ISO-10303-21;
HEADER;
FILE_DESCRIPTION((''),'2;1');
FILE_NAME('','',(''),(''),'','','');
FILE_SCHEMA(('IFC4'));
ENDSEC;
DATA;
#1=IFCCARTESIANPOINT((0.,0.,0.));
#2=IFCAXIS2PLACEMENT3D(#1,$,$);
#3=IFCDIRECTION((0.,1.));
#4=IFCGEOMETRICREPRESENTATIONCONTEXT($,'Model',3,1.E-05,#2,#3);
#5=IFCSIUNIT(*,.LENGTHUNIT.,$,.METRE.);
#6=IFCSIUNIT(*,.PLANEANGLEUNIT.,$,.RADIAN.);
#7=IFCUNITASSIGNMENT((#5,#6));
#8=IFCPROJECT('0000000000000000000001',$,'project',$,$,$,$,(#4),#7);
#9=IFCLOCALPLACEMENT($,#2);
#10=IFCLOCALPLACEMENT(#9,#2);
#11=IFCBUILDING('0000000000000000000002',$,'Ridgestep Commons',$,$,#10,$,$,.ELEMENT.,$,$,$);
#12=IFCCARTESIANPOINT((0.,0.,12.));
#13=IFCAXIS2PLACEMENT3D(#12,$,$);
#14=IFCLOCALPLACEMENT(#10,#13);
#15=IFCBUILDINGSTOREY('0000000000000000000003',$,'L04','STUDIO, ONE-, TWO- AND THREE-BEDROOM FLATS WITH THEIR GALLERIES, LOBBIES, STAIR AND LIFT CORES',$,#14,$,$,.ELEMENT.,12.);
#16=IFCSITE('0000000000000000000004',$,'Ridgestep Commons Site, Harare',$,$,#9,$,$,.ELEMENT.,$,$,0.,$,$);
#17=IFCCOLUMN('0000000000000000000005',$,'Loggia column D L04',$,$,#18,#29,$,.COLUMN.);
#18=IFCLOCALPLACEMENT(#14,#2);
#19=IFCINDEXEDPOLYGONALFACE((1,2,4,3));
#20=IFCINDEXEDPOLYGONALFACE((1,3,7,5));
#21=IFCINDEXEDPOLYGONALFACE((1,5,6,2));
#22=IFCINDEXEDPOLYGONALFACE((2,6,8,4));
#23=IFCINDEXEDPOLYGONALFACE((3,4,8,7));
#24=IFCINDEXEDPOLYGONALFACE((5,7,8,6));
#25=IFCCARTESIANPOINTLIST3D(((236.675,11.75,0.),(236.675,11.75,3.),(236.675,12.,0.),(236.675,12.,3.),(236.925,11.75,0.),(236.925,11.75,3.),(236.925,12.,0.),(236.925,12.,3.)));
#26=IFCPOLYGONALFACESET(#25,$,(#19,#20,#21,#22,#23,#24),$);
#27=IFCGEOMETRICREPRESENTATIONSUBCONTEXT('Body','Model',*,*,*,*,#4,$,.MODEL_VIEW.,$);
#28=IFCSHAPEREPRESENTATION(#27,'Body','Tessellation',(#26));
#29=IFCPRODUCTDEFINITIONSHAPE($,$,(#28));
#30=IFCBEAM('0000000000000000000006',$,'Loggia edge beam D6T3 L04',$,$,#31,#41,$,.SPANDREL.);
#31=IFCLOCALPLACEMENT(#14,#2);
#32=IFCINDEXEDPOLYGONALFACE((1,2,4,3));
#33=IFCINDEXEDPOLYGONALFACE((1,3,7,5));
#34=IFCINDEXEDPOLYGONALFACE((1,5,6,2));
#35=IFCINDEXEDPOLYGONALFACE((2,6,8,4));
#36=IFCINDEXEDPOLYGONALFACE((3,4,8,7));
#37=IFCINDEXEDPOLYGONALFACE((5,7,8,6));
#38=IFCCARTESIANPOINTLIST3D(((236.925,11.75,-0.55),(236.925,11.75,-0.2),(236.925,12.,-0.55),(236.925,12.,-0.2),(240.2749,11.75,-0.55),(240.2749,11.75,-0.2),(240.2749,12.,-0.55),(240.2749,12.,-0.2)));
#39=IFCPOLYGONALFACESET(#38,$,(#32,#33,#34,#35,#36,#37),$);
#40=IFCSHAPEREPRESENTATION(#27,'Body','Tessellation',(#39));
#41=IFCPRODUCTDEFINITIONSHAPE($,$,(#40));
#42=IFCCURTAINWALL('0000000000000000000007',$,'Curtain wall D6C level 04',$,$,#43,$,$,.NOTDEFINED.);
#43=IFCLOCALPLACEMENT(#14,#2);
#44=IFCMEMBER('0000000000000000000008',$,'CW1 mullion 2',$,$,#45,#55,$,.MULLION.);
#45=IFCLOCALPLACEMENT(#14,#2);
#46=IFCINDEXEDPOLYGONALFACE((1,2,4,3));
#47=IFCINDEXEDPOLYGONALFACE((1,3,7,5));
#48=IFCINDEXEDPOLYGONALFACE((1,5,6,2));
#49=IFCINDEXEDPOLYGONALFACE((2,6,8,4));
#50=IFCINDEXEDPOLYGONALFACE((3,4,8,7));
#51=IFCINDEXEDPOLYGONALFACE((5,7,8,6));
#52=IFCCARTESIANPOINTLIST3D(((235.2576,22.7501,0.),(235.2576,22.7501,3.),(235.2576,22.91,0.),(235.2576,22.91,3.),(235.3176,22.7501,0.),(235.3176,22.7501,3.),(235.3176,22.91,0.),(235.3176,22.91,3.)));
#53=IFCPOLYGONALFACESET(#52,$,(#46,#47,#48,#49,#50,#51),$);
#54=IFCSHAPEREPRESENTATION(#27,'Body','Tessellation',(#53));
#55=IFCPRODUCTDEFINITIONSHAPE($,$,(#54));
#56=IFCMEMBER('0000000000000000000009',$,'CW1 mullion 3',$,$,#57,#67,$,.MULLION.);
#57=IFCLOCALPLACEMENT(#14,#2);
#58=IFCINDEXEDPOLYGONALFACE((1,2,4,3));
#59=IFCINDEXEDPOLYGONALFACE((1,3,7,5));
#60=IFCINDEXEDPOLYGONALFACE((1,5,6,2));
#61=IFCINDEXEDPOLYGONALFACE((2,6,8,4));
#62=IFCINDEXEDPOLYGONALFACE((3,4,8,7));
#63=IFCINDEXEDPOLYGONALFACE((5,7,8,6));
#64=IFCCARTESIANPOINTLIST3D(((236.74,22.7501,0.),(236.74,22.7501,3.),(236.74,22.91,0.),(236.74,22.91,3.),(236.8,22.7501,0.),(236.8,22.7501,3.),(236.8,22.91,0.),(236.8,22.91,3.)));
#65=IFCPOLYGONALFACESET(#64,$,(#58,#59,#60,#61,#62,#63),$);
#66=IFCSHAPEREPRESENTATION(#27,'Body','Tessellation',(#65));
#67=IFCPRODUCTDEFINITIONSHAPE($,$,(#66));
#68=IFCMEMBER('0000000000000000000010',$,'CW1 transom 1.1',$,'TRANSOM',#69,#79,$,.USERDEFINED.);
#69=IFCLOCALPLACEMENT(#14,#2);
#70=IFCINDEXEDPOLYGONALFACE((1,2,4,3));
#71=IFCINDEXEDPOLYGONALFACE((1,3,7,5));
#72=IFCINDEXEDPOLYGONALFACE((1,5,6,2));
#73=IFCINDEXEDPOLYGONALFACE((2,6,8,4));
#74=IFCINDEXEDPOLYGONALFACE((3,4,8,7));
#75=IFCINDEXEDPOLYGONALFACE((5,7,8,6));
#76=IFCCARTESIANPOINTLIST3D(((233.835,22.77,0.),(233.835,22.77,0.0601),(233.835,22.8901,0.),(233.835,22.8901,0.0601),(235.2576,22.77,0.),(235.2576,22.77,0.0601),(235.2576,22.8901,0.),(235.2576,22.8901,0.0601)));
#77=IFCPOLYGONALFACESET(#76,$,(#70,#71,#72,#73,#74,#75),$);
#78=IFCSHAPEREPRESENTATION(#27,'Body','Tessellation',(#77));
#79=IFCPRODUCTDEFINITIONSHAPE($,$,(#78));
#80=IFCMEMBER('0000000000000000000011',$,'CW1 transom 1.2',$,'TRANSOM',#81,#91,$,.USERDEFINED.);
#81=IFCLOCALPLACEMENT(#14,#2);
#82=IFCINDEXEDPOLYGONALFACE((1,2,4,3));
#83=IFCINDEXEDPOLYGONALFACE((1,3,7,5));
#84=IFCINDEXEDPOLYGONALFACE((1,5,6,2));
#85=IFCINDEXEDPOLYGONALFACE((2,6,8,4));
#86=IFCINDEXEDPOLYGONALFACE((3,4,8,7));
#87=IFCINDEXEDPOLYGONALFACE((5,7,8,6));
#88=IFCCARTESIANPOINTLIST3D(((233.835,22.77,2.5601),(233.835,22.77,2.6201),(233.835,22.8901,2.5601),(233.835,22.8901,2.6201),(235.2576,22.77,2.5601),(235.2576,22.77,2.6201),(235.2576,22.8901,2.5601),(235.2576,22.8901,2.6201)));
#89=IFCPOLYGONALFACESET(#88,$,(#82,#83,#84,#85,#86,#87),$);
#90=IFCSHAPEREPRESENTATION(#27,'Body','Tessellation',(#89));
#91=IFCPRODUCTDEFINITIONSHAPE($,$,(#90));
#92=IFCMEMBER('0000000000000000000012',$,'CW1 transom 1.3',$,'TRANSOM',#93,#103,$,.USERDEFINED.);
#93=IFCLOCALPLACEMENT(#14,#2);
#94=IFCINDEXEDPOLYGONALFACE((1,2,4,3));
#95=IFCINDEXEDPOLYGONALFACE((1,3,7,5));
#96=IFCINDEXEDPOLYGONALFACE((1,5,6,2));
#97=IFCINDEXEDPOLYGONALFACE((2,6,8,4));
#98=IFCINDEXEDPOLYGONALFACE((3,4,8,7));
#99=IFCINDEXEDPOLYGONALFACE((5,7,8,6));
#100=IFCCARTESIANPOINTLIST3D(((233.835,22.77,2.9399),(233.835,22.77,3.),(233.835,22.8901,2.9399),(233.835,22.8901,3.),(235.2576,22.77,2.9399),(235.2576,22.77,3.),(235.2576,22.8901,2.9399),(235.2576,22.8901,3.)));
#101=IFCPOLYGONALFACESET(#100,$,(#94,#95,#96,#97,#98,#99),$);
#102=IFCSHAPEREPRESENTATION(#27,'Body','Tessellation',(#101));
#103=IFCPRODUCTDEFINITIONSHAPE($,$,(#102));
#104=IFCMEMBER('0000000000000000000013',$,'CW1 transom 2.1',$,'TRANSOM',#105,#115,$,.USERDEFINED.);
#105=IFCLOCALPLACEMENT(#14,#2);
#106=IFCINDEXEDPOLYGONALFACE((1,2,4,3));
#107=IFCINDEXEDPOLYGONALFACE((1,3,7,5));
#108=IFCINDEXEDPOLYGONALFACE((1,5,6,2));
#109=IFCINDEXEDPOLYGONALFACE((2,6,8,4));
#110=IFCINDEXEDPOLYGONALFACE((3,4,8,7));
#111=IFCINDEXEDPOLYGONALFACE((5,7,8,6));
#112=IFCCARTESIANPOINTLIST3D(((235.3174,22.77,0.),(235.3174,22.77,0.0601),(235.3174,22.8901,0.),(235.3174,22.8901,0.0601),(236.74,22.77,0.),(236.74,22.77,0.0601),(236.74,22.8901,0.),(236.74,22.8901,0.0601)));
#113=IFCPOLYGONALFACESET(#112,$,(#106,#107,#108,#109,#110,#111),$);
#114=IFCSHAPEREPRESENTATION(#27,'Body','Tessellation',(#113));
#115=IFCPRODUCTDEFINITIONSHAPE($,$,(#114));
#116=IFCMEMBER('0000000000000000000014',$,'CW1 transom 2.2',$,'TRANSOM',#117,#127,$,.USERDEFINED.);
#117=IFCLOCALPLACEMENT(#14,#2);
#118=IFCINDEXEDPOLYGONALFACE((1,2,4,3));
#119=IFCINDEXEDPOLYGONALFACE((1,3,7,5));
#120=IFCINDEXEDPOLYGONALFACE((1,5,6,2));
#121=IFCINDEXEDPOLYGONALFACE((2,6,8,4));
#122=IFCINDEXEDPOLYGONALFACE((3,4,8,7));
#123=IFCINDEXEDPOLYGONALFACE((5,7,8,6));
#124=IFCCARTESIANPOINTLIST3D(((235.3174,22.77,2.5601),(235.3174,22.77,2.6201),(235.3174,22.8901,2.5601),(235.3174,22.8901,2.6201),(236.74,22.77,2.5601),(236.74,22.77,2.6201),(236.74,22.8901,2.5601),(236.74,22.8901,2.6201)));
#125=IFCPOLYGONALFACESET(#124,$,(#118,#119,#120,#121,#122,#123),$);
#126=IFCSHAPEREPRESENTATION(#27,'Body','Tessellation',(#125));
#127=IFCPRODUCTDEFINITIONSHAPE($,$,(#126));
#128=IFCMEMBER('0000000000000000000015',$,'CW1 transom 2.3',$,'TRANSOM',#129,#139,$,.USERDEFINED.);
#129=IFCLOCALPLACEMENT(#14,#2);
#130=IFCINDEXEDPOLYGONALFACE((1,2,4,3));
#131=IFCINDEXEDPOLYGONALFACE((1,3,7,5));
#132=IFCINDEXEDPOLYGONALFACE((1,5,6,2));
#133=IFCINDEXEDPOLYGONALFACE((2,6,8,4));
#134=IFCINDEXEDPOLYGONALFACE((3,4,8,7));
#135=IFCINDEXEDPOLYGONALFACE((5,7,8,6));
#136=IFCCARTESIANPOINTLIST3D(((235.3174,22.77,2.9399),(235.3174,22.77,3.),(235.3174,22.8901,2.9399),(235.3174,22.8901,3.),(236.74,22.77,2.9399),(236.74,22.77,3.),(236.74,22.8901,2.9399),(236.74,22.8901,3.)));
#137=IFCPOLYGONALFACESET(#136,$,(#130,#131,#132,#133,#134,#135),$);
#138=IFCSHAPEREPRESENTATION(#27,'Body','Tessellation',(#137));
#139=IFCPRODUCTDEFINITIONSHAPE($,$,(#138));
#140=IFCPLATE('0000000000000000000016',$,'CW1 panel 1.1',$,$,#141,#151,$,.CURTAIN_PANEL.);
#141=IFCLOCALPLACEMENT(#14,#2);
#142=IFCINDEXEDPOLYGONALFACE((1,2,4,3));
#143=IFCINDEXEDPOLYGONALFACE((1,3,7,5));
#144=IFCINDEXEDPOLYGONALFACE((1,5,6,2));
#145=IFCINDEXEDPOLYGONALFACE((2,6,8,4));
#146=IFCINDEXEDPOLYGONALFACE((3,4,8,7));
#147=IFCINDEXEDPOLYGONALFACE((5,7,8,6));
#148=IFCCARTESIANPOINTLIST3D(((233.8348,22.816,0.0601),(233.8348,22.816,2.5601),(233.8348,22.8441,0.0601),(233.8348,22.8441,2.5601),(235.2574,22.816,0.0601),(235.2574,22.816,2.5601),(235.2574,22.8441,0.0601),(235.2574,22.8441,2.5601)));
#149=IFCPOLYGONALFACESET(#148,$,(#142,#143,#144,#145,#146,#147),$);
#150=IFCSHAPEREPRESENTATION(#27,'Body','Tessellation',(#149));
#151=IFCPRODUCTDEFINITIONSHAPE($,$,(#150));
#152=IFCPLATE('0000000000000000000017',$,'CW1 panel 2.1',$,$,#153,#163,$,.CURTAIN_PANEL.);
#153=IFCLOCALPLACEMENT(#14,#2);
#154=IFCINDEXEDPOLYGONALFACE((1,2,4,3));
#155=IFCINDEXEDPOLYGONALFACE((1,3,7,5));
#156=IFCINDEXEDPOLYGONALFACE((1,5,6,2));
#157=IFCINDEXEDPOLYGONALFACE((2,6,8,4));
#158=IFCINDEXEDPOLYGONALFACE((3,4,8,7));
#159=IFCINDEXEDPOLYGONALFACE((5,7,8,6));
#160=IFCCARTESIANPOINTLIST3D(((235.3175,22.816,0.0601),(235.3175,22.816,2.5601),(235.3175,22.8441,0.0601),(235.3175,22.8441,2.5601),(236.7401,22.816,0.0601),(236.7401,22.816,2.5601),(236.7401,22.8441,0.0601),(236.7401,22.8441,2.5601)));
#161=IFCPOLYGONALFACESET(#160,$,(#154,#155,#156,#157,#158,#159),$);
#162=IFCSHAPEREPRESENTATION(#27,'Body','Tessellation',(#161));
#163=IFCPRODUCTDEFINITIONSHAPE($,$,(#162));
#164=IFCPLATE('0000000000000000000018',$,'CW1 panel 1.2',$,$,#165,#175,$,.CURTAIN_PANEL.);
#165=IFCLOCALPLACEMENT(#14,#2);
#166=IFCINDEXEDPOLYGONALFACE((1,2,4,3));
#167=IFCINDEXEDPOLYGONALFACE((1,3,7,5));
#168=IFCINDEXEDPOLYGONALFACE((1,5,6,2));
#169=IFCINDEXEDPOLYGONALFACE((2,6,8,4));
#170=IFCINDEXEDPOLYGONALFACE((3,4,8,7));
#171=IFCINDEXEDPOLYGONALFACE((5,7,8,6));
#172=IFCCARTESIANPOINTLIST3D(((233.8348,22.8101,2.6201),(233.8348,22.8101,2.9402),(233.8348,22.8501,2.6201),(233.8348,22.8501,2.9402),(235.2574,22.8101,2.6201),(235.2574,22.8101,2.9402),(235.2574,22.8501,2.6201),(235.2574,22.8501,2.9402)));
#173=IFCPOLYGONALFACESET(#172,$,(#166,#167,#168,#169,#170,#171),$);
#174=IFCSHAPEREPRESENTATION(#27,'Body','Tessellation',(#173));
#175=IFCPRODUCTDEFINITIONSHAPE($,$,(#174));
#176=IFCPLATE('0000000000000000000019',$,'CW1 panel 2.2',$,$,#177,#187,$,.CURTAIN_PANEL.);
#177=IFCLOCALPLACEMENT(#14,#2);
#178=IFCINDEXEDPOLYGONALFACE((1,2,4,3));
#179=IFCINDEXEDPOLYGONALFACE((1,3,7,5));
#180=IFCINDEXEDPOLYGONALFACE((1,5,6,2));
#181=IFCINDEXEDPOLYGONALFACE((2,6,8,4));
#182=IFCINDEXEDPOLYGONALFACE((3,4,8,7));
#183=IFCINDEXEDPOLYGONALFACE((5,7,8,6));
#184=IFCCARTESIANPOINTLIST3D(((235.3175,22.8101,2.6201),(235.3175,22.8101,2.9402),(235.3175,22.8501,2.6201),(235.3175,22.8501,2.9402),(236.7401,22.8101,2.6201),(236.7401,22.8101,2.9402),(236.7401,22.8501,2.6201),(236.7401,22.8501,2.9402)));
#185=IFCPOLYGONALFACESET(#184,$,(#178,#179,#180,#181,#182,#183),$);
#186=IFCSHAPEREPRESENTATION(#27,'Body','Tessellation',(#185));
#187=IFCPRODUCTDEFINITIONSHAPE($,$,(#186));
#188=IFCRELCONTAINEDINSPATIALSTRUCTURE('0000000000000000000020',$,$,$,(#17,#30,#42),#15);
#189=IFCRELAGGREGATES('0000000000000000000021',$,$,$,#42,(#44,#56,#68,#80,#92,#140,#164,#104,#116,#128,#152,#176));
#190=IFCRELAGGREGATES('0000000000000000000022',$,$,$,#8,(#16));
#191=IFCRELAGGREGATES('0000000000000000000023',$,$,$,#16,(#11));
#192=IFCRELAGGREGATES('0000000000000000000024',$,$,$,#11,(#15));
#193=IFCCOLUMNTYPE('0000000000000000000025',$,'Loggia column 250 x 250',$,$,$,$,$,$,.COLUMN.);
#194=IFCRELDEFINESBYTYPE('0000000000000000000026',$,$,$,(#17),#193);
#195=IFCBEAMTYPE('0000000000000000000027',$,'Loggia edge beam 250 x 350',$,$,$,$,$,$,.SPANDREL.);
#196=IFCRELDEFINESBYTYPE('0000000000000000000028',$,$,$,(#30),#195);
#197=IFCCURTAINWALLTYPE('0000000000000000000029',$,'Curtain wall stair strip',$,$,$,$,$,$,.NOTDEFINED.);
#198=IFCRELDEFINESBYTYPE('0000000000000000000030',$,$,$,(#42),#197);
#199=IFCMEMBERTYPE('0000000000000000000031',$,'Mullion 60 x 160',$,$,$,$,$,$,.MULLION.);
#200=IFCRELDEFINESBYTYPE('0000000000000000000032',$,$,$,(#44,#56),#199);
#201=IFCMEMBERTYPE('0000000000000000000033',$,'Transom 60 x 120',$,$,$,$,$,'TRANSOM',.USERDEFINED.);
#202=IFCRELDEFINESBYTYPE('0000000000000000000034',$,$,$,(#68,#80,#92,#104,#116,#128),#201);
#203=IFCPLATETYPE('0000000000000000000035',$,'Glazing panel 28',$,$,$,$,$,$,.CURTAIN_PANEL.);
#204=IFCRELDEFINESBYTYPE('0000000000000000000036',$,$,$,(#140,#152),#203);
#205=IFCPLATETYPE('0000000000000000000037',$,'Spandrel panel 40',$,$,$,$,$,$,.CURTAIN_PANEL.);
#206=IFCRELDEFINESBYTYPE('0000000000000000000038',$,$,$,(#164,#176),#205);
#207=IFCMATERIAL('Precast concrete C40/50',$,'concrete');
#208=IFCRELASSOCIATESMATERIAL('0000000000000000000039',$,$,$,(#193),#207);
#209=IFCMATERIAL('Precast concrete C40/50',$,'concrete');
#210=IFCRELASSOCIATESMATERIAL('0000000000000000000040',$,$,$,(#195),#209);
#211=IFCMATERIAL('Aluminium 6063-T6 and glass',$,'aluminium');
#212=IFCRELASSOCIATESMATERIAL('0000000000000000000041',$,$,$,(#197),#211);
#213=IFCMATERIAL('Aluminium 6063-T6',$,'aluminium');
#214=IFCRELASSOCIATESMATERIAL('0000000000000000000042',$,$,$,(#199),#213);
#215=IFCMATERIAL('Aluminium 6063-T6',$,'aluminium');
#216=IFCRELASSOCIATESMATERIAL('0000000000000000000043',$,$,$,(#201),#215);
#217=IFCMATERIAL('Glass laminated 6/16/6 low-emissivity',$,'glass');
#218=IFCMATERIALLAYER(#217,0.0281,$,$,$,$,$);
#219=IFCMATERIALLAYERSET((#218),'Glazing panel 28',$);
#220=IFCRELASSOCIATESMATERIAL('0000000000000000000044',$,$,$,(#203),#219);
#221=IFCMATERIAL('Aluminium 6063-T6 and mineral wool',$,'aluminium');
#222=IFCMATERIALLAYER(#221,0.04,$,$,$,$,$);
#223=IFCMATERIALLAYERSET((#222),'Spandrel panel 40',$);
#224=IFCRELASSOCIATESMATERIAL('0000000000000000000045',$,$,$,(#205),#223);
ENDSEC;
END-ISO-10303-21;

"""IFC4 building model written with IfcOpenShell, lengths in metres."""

from ifc_helpers import new_model, si_unit, direction, frame, origin, origin_2d, place, context, subcontext, project, spatial, rectangle, extrude, material, layer, layer_set, material_profile, profile_set, type_object, element, aggregate, save


model = new_model("IFC4")

# Units and contexts
model_context = context("Model", 3, precision=1e-05, world=origin(), true_north=direction((0.0, 1.0)))
body_context = subcontext(model_context, "Body", "Model", "MODEL_VIEW")
ifc_project = project(units=[si_unit("LENGTHUNIT", "METRE"), si_unit("PLANEANGLEUNIT", "RADIAN")], contexts=[model_context])

# Site, building, storey
site_placement = place(None, origin())
site = spatial("IfcSite", under=ifc_project, at=site_placement, Name="Ridgestep Commons Site, Harare", CompositionType="ELEMENT", RefElevation=0.0)
building_placement = place(site_placement, origin())
building = spatial("IfcBuilding", under=site, at=building_placement, Name="Ridgestep Commons", CompositionType="ELEMENT")
storey_placement = place(building_placement, frame((0.0, 0.0, 12.0)))
storey = spatial("IfcBuildingStorey", under=building, at=storey_placement, Name="L04", Description="STUDIO, ONE-, TWO- AND THREE-BEDROOM FLATS WITH THEIR GALLERIES, LOBBIES, STAIR AND LIFT CORES", CompositionType="ELEMENT", Elevation=12.0)

# Column
ifc_material_1 = material(Name="Precast concrete C40/50", Category="concrete")
ifc_material_profile_1 = material_profile(ifc_material_1, rectangle(XDim=0.25, YDim=0.25, at=origin_2d()), Name="PC 250x250")
ifc_profile_set_1 = profile_set([ifc_material_profile_1], Name="Precast concrete C40/50")
column_type = type_object("IfcColumnType", Name="Loggia column 250 x 250", PredefinedType="COLUMN", material=ifc_profile_set_1)
column_placement = place(storey_placement, frame((236.8, 11.875, 0.0), z_axis=(0.0, 0.0, 1.0), x_axis=(1.0, 0.0, 0.0)))
element("IfcColumn", 1, at=column_placement, inside=storey, type_object=column_type, Name="Loggia column D L04", PredefinedType="COLUMN", context=body_context, shape_type="SweptSolid", body=[
    extrude(rectangle(XDim=0.25, YDim=0.25, at=origin_2d()), origin(), (0.0, 0.0, 1.0), 3.0),
])

# Beam
ifc_material_2 = material(Name="Precast concrete C40/50", Category="concrete")
ifc_material_profile_2 = material_profile(ifc_material_2, rectangle(XDim=0.25, YDim=0.3501, at=origin_2d()), Name="PC 250x350")
ifc_profile_set_2 = profile_set([ifc_material_profile_2], Name="Precast concrete C40/50")
beam_type = type_object("IfcBeamType", Name="Loggia edge beam 250 x 350", PredefinedType="SPANDREL", material=ifc_profile_set_2)
beam_placement = place(storey_placement, frame((236.925, 11.875, -0.375), z_axis=(1.0, 0.0, 0.0), x_axis=(0.0, 1.0, 0.0)))
element("IfcBeam", 2, at=beam_placement, inside=storey, type_object=beam_type, Name="Loggia edge beam D6T3 L04", PredefinedType="SPANDREL", context=body_context, shape_type="SweptSolid", body=[
    extrude(rectangle(XDim=0.25, YDim=0.3501, at=origin_2d()), origin(), (0.0, 0.0, 1.0), 3.3499),
])

# Curtain wall, members, plates
ifc_material_3 = material(Name="Aluminium 6063-T6 and glass", Category="aluminium")
curtain_wall_type = type_object("IfcCurtainWallType", Name="Curtain wall stair strip", PredefinedType="NOTDEFINED", material=ifc_material_3)
curtain_wall_placement = place(storey_placement, origin())
curtain_wall = element("IfcCurtainWall", 3, at=curtain_wall_placement, inside=storey, type_object=curtain_wall_type, Name="Curtain wall D6C level 04", PredefinedType="NOTDEFINED")
ifc_material_4 = material(Name="Aluminium 6063-T6", Category="aluminium")
ifc_material_profile_3 = material_profile(ifc_material_4, rectangle(XDim=0.1599, YDim=0.0601, at=origin_2d()), Name="Mullion 60 x 160")
ifc_profile_set_3 = profile_set([ifc_material_profile_3], Name="Aluminium 6063-T6")
member_type_1 = type_object("IfcMemberType", Name="Mullion 60 x 160", PredefinedType="MULLION", material=ifc_profile_set_3)
member_1_placement = place(storey_placement, frame((235.2876, 22.8301, 0.0), z_axis=(0.0, 0.0, 1.0), x_axis=(0.0, 1.0, 0.0)))
member_1 = element("IfcMember", 4, at=member_1_placement, type_object=member_type_1, Name="CW1 mullion 2", PredefinedType="MULLION", context=body_context, shape_type="SweptSolid", body=[
    extrude(rectangle(XDim=0.1599, YDim=0.0601, at=origin_2d()), origin(), (0.0, 0.0, 1.0), 3.0),
])
member_2_placement = place(storey_placement, frame((236.77, 22.8301, 0.0), z_axis=(0.0, 0.0, 1.0), x_axis=(0.0, 1.0, 0.0)))
member_2 = element("IfcMember", 5, at=member_2_placement, type_object=member_type_1, Name="CW1 mullion 3", PredefinedType="MULLION", context=body_context, shape_type="SweptSolid", body=[
    extrude(rectangle(XDim=0.1599, YDim=0.0601, at=origin_2d()), origin(), (0.0, 0.0, 1.0), 3.0),
])
ifc_material_5 = material(Name="Aluminium 6063-T6", Category="aluminium")
ifc_material_profile_4 = material_profile(ifc_material_5, rectangle(XDim=0.1201, YDim=0.0601, at=origin_2d()), Name="Transom 60 x 120")
ifc_profile_set_4 = profile_set([ifc_material_profile_4], Name="Aluminium 6063-T6")
member_type_2 = type_object("IfcMemberType", Name="Transom 60 x 120", ElementType="TRANSOM", PredefinedType="USERDEFINED", material=ifc_profile_set_4)
member_3_placement = place(storey_placement, frame((233.835, 22.8301, 0.03), z_axis=(1.0, 0.0, 0.0), x_axis=(0.0, 1.0, 0.0)))
member_3 = element("IfcMember", 6, at=member_3_placement, type_object=member_type_2, Name="CW1 transom 1.1", ObjectType="TRANSOM", PredefinedType="USERDEFINED", context=body_context, shape_type="SweptSolid", body=[
    extrude(rectangle(XDim=0.1201, YDim=0.0601, at=origin_2d()), origin(), (0.0, 0.0, 1.0), 1.4226),
])
member_4_placement = place(storey_placement, frame((233.835, 22.8301, 2.5901), z_axis=(1.0, 0.0, 0.0), x_axis=(0.0, 1.0, 0.0)))
member_4 = element("IfcMember", 7, at=member_4_placement, type_object=member_type_2, Name="CW1 transom 1.2", ObjectType="TRANSOM", PredefinedType="USERDEFINED", context=body_context, shape_type="SweptSolid", body=[
    extrude(rectangle(XDim=0.1201, YDim=0.0601, at=origin_2d()), origin(), (0.0, 0.0, 1.0), 1.4226),
])
member_5_placement = place(storey_placement, frame((233.835, 22.8301, 2.97), z_axis=(1.0, 0.0, 0.0), x_axis=(0.0, 1.0, 0.0)))
member_5 = element("IfcMember", 8, at=member_5_placement, type_object=member_type_2, Name="CW1 transom 1.3", ObjectType="TRANSOM", PredefinedType="USERDEFINED", context=body_context, shape_type="SweptSolid", body=[
    extrude(rectangle(XDim=0.1201, YDim=0.0601, at=origin_2d()), origin(), (0.0, 0.0, 1.0), 1.4226),
])
member_6_placement = place(storey_placement, frame((235.3174, 22.8301, 0.03), z_axis=(1.0, 0.0, 0.0), x_axis=(0.0, 1.0, 0.0)))
member_6 = element("IfcMember", 9, at=member_6_placement, type_object=member_type_2, Name="CW1 transom 2.1", ObjectType="TRANSOM", PredefinedType="USERDEFINED", context=body_context, shape_type="SweptSolid", body=[
    extrude(rectangle(XDim=0.1201, YDim=0.0601, at=origin_2d()), origin(), (0.0, 0.0, 1.0), 1.4226),
])
member_7_placement = place(storey_placement, frame((235.3174, 22.8301, 2.5901), z_axis=(1.0, 0.0, 0.0), x_axis=(0.0, 1.0, 0.0)))
member_7 = element("IfcMember", 10, at=member_7_placement, type_object=member_type_2, Name="CW1 transom 2.2", ObjectType="TRANSOM", PredefinedType="USERDEFINED", context=body_context, shape_type="SweptSolid", body=[
    extrude(rectangle(XDim=0.1201, YDim=0.0601, at=origin_2d()), origin(), (0.0, 0.0, 1.0), 1.4226),
])
member_8_placement = place(storey_placement, frame((235.3174, 22.8301, 2.97), z_axis=(1.0, 0.0, 0.0), x_axis=(0.0, 1.0, 0.0)))
member_8 = element("IfcMember", 11, at=member_8_placement, type_object=member_type_2, Name="CW1 transom 2.3", ObjectType="TRANSOM", PredefinedType="USERDEFINED", context=body_context, shape_type="SweptSolid", body=[
    extrude(rectangle(XDim=0.1201, YDim=0.0601, at=origin_2d()), origin(), (0.0, 0.0, 1.0), 1.4226),
])
ifc_material_6 = material(Name="Glass laminated 6/16/6 low-emissivity", Category="glass")
ifc_layer_1 = layer(ifc_material_6, 0.0281)
ifc_layer_set_1 = layer_set([ifc_layer_1], Name="Glazing panel 28")
plate_type_1 = type_object("IfcPlateType", Name="Glazing panel 28", PredefinedType="CURTAIN_PANEL", material=ifc_layer_set_1)
plate_1_placement = place(storey_placement, frame((234.5461, 22.8301, 0.0601), z_axis=(0.0, 0.0, 1.0), x_axis=(1.0, 0.0, 0.0)))
plate_1 = element("IfcPlate", 12, at=plate_1_placement, type_object=plate_type_1, Name="CW1 panel 1.1", PredefinedType="CURTAIN_PANEL", context=body_context, shape_type="SweptSolid", body=[
    extrude(rectangle(XDim=1.4226, YDim=0.0281, at=origin_2d()), origin(), (0.0, 0.0, 1.0), 2.5),
])
plate_2_placement = place(storey_placement, frame((236.0288, 22.8301, 0.0601), z_axis=(0.0, 0.0, 1.0), x_axis=(1.0, 0.0, 0.0)))
plate_2 = element("IfcPlate", 13, at=plate_2_placement, type_object=plate_type_1, Name="CW1 panel 2.1", PredefinedType="CURTAIN_PANEL", context=body_context, shape_type="SweptSolid", body=[
    extrude(rectangle(XDim=1.4226, YDim=0.0281, at=origin_2d()), origin(), (0.0, 0.0, 1.0), 2.5),
])
ifc_material_7 = material(Name="Aluminium 6063-T6 and mineral wool", Category="aluminium")
ifc_layer_2 = layer(ifc_material_7, 0.04)
ifc_layer_set_2 = layer_set([ifc_layer_2], Name="Spandrel panel 40")
plate_type_2 = type_object("IfcPlateType", Name="Spandrel panel 40", PredefinedType="CURTAIN_PANEL", material=ifc_layer_set_2)
plate_3_placement = place(storey_placement, frame((234.5461, 22.8301, 2.6201), z_axis=(0.0, 0.0, 1.0), x_axis=(1.0, 0.0, 0.0)))
plate_3 = element("IfcPlate", 14, at=plate_3_placement, type_object=plate_type_2, Name="CW1 panel 1.2", PredefinedType="CURTAIN_PANEL", context=body_context, shape_type="SweptSolid", body=[
    extrude(rectangle(XDim=1.4226, YDim=0.04, at=origin_2d()), origin(), (0.0, 0.0, 1.0), 0.3201),
])
plate_4_placement = place(storey_placement, frame((236.0288, 22.8301, 2.6201), z_axis=(0.0, 0.0, 1.0), x_axis=(1.0, 0.0, 0.0)))
plate_4 = element("IfcPlate", 15, at=plate_4_placement, type_object=plate_type_2, Name="CW1 panel 2.2", PredefinedType="CURTAIN_PANEL", context=body_context, shape_type="SweptSolid", body=[
    extrude(rectangle(XDim=1.4226, YDim=0.04, at=origin_2d()), origin(), (0.0, 0.0, 1.0), 0.3201),
])
aggregate(curtain_wall, [member_1, member_2, member_3, member_4, member_5, plate_1, plate_3, member_6, member_7, member_8, plate_2, plate_4])

save(model, "model.ifc")
